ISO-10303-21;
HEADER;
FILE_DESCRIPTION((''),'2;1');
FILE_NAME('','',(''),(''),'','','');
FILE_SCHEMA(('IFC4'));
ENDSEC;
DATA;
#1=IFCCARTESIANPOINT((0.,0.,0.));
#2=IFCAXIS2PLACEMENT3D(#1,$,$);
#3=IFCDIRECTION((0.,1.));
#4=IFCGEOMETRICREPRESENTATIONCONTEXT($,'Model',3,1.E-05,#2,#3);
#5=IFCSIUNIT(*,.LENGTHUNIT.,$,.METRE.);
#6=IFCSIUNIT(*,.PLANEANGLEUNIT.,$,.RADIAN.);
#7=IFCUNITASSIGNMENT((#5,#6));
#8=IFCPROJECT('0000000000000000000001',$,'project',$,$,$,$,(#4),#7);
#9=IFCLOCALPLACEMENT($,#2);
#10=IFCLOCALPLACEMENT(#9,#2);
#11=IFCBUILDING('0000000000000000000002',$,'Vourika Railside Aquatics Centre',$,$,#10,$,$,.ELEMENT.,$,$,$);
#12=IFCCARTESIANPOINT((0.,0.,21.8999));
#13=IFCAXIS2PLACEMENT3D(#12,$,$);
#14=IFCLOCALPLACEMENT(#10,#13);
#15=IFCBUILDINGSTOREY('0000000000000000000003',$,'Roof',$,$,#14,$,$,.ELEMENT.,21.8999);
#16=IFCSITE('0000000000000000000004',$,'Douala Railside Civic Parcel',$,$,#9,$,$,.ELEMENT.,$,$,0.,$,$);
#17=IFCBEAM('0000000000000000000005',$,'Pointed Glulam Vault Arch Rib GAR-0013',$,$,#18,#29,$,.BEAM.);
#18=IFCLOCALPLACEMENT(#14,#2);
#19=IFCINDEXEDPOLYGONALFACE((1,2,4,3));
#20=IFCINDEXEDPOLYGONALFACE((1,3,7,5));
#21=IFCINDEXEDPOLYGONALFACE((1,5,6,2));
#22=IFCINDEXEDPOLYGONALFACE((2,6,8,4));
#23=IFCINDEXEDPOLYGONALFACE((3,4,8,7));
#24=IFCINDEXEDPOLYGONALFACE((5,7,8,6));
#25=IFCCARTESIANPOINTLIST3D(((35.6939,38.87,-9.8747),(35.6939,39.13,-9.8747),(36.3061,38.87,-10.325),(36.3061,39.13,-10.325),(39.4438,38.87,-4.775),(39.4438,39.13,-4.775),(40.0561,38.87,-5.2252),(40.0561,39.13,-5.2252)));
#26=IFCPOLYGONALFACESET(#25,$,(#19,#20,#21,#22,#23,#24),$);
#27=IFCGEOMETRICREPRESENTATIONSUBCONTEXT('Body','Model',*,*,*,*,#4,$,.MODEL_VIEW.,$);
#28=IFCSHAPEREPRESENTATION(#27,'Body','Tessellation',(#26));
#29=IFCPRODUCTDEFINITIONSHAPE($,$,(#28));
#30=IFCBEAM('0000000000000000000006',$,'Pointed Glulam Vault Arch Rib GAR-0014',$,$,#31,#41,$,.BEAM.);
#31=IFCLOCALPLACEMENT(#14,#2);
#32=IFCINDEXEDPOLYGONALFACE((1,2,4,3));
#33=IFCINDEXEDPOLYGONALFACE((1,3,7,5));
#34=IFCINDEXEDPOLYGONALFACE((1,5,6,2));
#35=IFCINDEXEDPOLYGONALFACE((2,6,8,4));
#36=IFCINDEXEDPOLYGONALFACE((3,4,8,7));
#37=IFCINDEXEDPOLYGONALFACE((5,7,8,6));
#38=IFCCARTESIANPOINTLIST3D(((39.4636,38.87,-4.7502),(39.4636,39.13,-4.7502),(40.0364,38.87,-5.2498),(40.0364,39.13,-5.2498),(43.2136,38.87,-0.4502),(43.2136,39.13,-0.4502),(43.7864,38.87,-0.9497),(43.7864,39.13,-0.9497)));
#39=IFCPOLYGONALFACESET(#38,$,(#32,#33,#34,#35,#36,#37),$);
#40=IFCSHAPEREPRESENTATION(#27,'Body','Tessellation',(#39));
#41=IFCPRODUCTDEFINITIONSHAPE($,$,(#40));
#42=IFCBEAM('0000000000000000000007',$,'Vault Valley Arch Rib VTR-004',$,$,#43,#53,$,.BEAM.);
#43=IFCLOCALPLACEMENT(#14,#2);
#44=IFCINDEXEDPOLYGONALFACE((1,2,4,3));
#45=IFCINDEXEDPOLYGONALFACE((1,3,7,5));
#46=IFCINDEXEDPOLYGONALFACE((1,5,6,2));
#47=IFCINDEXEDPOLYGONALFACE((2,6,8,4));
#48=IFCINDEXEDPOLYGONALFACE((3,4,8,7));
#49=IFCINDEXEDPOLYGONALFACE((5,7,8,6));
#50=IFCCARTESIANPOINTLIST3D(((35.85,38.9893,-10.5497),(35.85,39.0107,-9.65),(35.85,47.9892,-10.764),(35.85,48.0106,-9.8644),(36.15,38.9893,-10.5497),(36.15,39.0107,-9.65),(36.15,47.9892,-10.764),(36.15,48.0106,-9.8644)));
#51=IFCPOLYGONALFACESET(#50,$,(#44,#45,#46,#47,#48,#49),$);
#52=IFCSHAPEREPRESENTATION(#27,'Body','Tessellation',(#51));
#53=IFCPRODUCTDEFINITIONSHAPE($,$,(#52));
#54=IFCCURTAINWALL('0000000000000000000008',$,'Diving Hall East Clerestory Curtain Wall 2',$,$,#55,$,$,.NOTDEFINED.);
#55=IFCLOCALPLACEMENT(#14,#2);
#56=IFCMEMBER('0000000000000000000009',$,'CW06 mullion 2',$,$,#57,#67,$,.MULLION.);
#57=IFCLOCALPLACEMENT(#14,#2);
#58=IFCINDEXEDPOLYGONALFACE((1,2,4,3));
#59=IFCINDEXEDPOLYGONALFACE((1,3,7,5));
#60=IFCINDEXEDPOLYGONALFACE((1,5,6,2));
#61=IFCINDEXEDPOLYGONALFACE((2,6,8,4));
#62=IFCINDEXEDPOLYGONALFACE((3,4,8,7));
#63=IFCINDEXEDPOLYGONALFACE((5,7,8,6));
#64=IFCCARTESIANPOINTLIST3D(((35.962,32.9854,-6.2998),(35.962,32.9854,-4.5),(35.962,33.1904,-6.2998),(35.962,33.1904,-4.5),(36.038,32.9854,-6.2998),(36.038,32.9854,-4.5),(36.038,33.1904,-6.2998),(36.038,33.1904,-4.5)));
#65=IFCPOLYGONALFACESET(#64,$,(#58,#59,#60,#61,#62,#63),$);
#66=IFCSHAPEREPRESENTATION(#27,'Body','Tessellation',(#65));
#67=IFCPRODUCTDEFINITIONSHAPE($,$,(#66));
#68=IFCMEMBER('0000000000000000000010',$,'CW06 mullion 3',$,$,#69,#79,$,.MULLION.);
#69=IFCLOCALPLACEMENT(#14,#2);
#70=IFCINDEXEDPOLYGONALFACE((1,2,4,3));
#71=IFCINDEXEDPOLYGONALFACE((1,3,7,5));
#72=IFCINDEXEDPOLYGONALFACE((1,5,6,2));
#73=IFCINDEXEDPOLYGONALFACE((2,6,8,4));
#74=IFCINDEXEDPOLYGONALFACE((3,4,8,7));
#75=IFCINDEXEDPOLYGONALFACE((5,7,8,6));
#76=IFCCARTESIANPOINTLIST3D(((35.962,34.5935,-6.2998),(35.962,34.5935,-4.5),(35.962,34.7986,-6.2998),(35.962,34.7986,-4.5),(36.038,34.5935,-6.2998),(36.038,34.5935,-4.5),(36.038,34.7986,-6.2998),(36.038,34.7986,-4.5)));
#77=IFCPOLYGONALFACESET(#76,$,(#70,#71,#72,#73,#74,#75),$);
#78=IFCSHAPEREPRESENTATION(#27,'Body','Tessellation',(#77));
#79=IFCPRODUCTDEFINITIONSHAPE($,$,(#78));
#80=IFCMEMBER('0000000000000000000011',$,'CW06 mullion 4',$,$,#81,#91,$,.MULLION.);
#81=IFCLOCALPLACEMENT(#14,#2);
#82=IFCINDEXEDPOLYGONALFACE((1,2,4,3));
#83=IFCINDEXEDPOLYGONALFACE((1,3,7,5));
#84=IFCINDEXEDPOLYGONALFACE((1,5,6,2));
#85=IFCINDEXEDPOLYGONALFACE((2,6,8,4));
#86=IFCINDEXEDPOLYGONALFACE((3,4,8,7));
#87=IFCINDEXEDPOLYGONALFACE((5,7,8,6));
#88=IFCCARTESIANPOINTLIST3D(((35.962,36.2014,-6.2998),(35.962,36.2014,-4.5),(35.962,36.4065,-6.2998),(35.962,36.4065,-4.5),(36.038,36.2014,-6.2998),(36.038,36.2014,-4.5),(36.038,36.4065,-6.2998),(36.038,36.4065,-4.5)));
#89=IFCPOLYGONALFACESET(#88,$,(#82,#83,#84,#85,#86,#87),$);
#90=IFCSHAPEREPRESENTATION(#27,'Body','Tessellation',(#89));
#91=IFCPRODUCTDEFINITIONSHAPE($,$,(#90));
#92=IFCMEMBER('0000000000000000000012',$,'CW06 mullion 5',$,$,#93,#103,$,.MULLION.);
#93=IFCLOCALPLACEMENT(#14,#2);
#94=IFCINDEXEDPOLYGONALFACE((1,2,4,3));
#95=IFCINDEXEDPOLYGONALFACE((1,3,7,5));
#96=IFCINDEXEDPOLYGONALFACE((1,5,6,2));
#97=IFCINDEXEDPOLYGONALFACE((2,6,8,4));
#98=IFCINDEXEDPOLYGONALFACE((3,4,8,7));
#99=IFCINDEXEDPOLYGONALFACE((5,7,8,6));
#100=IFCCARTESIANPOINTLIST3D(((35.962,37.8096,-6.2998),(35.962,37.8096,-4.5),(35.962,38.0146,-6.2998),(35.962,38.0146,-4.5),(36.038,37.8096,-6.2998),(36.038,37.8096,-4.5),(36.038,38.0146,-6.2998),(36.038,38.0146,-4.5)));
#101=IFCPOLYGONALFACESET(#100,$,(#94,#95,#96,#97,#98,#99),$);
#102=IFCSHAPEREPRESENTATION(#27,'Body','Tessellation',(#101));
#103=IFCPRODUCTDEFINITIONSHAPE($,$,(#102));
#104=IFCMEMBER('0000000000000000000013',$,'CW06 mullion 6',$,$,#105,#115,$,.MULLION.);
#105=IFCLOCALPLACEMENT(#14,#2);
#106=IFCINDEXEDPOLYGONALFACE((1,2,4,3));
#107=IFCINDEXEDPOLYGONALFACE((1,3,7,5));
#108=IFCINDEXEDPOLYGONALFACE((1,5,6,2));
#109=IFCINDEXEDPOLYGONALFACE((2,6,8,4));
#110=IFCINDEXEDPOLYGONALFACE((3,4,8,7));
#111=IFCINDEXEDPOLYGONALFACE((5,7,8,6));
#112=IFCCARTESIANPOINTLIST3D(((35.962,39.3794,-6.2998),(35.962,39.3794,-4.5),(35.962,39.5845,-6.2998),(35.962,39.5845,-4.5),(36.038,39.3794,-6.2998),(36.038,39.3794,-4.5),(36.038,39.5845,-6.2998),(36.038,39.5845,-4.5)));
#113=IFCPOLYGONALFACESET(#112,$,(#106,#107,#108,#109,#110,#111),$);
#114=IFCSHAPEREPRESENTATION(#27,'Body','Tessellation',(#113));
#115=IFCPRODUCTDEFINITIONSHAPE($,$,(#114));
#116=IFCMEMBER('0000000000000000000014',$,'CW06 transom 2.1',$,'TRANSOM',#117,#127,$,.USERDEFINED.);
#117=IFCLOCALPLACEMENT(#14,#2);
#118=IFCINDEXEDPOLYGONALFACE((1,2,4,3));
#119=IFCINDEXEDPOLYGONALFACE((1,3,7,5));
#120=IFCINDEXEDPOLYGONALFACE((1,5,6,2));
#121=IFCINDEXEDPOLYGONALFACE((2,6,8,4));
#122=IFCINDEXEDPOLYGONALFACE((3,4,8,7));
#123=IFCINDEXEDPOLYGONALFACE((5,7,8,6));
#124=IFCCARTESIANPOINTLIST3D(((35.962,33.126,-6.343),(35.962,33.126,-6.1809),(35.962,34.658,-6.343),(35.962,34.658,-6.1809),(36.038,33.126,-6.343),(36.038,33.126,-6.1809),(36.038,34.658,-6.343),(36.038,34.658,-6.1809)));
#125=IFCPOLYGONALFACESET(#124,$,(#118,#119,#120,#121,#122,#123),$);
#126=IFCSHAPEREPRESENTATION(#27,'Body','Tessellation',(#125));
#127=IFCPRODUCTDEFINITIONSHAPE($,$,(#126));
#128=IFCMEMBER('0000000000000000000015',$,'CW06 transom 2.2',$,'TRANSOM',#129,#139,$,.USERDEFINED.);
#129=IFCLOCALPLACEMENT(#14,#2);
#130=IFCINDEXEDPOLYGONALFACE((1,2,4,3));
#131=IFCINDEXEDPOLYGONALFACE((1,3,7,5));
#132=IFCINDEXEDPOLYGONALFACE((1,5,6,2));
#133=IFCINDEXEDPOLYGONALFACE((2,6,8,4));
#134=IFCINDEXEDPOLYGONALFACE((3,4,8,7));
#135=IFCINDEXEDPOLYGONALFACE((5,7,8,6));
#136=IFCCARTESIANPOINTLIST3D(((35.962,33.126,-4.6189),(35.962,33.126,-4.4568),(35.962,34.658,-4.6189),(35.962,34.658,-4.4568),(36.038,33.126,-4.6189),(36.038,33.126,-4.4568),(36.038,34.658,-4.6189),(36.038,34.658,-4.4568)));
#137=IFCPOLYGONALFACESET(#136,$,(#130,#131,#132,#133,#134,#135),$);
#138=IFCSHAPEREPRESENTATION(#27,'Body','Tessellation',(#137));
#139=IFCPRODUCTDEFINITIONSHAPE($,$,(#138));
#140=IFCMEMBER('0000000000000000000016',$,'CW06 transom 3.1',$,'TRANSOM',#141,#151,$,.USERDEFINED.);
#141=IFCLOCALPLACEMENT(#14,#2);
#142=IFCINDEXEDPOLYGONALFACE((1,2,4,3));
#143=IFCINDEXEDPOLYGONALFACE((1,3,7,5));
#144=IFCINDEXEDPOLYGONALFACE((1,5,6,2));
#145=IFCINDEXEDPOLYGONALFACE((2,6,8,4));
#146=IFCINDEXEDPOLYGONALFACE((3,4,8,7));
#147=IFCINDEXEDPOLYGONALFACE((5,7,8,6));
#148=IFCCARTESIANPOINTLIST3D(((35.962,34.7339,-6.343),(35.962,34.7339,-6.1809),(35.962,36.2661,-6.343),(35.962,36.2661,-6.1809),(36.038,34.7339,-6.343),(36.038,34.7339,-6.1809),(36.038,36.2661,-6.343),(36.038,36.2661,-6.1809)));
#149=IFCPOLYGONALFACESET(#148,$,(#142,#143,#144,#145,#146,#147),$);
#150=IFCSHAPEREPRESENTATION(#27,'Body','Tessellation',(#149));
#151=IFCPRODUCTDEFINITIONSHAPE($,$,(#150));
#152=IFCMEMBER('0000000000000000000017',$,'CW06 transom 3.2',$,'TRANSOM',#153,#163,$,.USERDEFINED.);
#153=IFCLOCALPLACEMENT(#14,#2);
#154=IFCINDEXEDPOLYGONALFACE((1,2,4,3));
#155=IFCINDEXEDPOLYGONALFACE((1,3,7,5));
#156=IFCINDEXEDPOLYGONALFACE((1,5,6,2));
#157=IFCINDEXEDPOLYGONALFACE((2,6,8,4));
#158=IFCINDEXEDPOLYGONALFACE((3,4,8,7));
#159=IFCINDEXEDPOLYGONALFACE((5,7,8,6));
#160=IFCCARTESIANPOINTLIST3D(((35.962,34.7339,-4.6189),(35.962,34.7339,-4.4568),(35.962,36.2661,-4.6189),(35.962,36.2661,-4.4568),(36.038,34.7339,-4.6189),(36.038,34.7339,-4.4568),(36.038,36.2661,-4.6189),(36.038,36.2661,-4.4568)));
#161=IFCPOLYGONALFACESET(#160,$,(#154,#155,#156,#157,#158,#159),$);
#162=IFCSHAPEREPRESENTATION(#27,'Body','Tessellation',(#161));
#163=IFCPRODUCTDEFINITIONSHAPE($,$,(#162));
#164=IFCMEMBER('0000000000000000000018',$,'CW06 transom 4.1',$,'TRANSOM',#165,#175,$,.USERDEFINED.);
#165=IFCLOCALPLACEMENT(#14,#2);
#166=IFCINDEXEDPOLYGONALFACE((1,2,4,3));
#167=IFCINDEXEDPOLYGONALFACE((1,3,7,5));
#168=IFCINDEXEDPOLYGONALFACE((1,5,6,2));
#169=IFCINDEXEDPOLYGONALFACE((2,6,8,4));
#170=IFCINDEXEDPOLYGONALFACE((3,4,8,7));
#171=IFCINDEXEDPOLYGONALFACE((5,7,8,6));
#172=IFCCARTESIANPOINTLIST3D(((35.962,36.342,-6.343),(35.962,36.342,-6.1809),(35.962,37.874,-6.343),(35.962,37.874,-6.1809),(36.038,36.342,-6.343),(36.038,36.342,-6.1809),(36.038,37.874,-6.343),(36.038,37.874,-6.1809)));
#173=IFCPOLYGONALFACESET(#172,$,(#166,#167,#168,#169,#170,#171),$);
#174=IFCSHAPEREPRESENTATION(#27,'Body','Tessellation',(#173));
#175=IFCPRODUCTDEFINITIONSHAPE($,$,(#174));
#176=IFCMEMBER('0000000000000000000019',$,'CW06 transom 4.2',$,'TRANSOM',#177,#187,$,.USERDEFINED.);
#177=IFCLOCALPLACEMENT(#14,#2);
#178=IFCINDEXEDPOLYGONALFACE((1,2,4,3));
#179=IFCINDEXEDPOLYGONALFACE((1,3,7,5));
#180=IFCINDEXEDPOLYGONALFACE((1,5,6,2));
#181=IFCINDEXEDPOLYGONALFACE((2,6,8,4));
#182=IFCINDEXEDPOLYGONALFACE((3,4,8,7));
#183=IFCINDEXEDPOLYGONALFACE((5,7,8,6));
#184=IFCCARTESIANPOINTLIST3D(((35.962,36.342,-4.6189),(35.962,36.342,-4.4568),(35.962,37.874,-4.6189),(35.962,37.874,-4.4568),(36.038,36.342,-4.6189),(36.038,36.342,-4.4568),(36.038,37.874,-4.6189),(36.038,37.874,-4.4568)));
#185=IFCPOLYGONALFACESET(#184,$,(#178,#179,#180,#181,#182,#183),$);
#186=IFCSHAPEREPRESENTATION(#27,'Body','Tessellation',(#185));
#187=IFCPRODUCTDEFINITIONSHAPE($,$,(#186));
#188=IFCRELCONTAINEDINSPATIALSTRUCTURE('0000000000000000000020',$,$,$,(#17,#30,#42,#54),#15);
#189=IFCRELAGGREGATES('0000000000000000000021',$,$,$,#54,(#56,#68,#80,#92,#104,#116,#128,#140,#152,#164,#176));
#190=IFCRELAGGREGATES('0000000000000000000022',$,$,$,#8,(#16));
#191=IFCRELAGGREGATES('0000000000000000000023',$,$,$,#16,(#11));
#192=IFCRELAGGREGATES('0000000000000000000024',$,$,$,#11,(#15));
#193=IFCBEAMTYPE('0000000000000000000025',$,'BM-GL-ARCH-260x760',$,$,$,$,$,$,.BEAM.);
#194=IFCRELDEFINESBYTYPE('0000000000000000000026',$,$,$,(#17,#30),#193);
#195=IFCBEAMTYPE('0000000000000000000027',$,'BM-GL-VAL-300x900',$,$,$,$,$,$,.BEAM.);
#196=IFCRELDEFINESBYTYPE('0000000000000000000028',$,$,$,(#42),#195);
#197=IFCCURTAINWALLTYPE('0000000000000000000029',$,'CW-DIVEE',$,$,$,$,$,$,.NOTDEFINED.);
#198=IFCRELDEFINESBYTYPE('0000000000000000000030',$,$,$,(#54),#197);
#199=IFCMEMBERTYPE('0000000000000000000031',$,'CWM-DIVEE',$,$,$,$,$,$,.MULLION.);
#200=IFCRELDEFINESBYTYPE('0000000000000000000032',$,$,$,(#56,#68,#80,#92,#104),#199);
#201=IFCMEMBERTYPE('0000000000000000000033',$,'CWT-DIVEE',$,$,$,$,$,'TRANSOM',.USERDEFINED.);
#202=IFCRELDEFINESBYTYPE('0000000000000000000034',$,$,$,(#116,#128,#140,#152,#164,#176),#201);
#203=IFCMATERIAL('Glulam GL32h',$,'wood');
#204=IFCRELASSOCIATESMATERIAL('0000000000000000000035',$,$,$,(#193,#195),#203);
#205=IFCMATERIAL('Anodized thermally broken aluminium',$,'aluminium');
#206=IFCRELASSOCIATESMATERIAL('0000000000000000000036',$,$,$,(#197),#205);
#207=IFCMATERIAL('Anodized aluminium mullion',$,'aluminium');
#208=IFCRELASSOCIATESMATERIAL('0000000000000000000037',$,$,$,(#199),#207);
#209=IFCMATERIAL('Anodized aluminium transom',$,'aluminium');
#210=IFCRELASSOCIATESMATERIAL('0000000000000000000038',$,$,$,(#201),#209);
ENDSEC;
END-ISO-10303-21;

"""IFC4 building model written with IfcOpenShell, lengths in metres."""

from ifc_helpers import new_model, si_unit, direction, frame, origin, origin_2d, place, context, subcontext, project, spatial, rectangle, extrude, material, material_profile, profile_set, type_object, element, aggregate, save


model = new_model("IFC4")

# Units and contexts
model_context = context("Model", 3, precision=1e-05, world=origin(), true_north=direction((0.0, 1.0)))
body_context = subcontext(model_context, "Body", "Model", "MODEL_VIEW")
ifc_project = project(units=[si_unit("LENGTHUNIT", "METRE"), si_unit("PLANEANGLEUNIT", "RADIAN")], contexts=[model_context])

# Site, building, storey
site_placement = place(None, origin())
site = spatial("IfcSite", under=ifc_project, at=site_placement, Name="Douala Railside Civic Parcel", CompositionType="ELEMENT", RefElevation=0.0)
building_placement = place(site_placement, origin())
building = spatial("IfcBuilding", under=site, at=building_placement, Name="Vourika Railside Aquatics Centre", CompositionType="ELEMENT")
storey_placement = place(building_placement, frame((0.0, 0.0, 21.8999)))
storey = spatial("IfcBuildingStorey", under=building, at=storey_placement, Name="Roof", CompositionType="ELEMENT", Elevation=21.8999)

# Beams
ifc_material_1 = material(Name="Glulam GL32h", Category="wood")
ifc_material_profile_1 = material_profile(ifc_material_1, rectangle(XDim=0.26, YDim=0.76, at=origin_2d()), Name="GL32h 260x760")
ifc_profile_set_1 = profile_set([ifc_material_profile_1], Name="Glulam GL32h")
beam_type_1 = type_object("IfcBeamType", Name="BM-GL-ARCH-260x760", PredefinedType="BEAM", material=ifc_profile_set_1)
beam_1_placement = place(storey_placement, frame((36.0, 39.0, -10.0999), z_axis=(0.592401, 0.0, 0.805643), x_axis=(0.0, 1.0, 0.0)))
element("IfcBeam", 1, at=beam_1_placement, inside=storey, type_object=beam_type_1, Name="Pointed Glulam Vault Arch Rib GAR-0013", PredefinedType="BEAM", context=body_context, shape_type="SweptSolid", body=[
    extrude(rectangle(XDim=0.26, YDim=0.76, at=origin_2d()), origin(), (0.0, 0.0, 1.0), 6.3301),
])
beam_2_placement = place(storey_placement, frame((39.75, 39.0, -5.0), z_axis=(0.657259, 0.0, 0.753665), x_axis=(0.0, 1.0, 0.0)))
element("IfcBeam", 2, at=beam_2_placement, inside=storey, type_object=beam_type_1, Name="Pointed Glulam Vault Arch Rib GAR-0014", PredefinedType="BEAM", context=body_context, shape_type="SweptSolid", body=[
    extrude(rectangle(XDim=0.26, YDim=0.76, at=origin_2d()), origin(), (0.0, 0.0, 1.0), 5.7056),
])
ifc_material_profile_2 = material_profile(ifc_material_1, rectangle(XDim=0.3, YDim=0.8999, at=origin_2d()), Name="GL32h 300x900")
ifc_profile_set_2 = profile_set([ifc_material_profile_2], Name="Glulam GL32h")
beam_type_2 = type_object("IfcBeamType", Name="BM-GL-VAL-300x900", PredefinedType="BEAM", material=ifc_profile_set_2)
beam_3_placement = place(storey_placement, frame((36.0, 39.0, -10.0999), z_axis=(0.0, 0.999716, -0.023811), x_axis=(-1.0, 0.0, 0.0)))
element("IfcBeam", 3, at=beam_3_placement, inside=storey, type_object=beam_type_2, Name="Vault Valley Arch Rib VTR-004", PredefinedType="BEAM", context=body_context, shape_type="SweptSolid", body=[
    extrude(rectangle(XDim=0.3, YDim=0.8999, at=origin_2d()), origin(), (0.0, 0.0, 1.0), 9.0024),
])

# Curtain wall, members
ifc_material_2 = material(Name="Anodized thermally broken aluminium", Category="aluminium")
curtain_wall_type = type_object("IfcCurtainWallType", Name="CW-DIVEE", PredefinedType="NOTDEFINED", material=ifc_material_2)
curtain_wall_placement = place(storey_placement, origin())
curtain_wall = element("IfcCurtainWall", 4, at=curtain_wall_placement, inside=storey, type_object=curtain_wall_type, Name="Diving Hall East Clerestory Curtain Wall 2", PredefinedType="NOTDEFINED")
ifc_material_3 = material(Name="Anodized aluminium mullion", Category="aluminium")
ifc_material_profile_3 = material_profile(ifc_material_3, rectangle(XDim=0.0759, YDim=0.2051, at=origin_2d()), Name="ALU-M 76x205")
ifc_profile_set_3 = profile_set([ifc_material_profile_3], Name="Anodized aluminium mullion")
member_type_1 = type_object("IfcMemberType", Name="CWM-DIVEE", PredefinedType="MULLION", material=ifc_profile_set_3)
member_1_placement = place(storey_placement, frame((36.0, 33.0879, -6.2998), z_axis=(0.0, 0.0, 1.0), x_axis=(-1.0, 0.0, 0.0)))
member_1 = element("IfcMember", 5, at=member_1_placement, type_object=member_type_1, Name="CW06 mullion 2", PredefinedType="MULLION", context=body_context, shape_type="SweptSolid", body=[
    extrude(rectangle(XDim=0.0759, YDim=0.2051, at=origin_2d()), origin(), (0.0, 0.0, 1.0), 1.7998),
])
member_2_placement = place(storey_placement, frame((36.0, 34.696, -6.2998), z_axis=(0.0, 0.0, 1.0), x_axis=(-1.0, 0.0, 0.0)))
member_2 = element("IfcMember", 6, at=member_2_placement, type_object=member_type_1, Name="CW06 mullion 3", PredefinedType="MULLION", context=body_context, shape_type="SweptSolid", body=[
    extrude(rectangle(XDim=0.0759, YDim=0.2051, at=origin_2d()), origin(), (0.0, 0.0, 1.0), 1.7998),
])
member_3_placement = place(storey_placement, frame((36.0, 36.304, -6.2998), z_axis=(0.0, 0.0, 1.0), x_axis=(-1.0, 0.0, 0.0)))
member_3 = element("IfcMember", 7, at=member_3_placement, type_object=member_type_1, Name="CW06 mullion 4", PredefinedType="MULLION", context=body_context, shape_type="SweptSolid", body=[
    extrude(rectangle(XDim=0.0759, YDim=0.2051, at=origin_2d()), origin(), (0.0, 0.0, 1.0), 1.7998),
])
member_4_placement = place(storey_placement, frame((36.0, 37.9121, -6.2998), z_axis=(0.0, 0.0, 1.0), x_axis=(-1.0, 0.0, 0.0)))
member_4 = element("IfcMember", 8, at=member_4_placement, type_object=member_type_1, Name="CW06 mullion 5", PredefinedType="MULLION", context=body_context, shape_type="SweptSolid", body=[
    extrude(rectangle(XDim=0.0759, YDim=0.2051, at=origin_2d()), origin(), (0.0, 0.0, 1.0), 1.7998),
])
member_5_placement = place(storey_placement, frame((36.0, 39.4819, -6.2998), z_axis=(0.0, 0.0, 1.0), x_axis=(-1.0, 0.0, 0.0)))
member_5 = element("IfcMember", 9, at=member_5_placement, type_object=member_type_1, Name="CW06 mullion 6", PredefinedType="MULLION", context=body_context, shape_type="SweptSolid", body=[
    extrude(rectangle(XDim=0.0759, YDim=0.2051, at=origin_2d()), origin(), (0.0, 0.0, 1.0), 1.7998),
])
ifc_material_4 = material(Name="Anodized aluminium transom", Category="aluminium")
ifc_material_profile_4 = material_profile(ifc_material_4, rectangle(XDim=0.0759, YDim=0.1621, at=origin_2d()), Name="ALU-T 76x162")
ifc_profile_set_4 = profile_set([ifc_material_profile_4], Name="Anodized aluminium transom")
member_type_2 = type_object("IfcMemberType", Name="CWT-DIVEE", ElementType="TRANSOM", PredefinedType="USERDEFINED", material=ifc_profile_set_4)
member_6_placement = place(storey_placement, frame((36.0, 33.126, -6.262), z_axis=(0.0, 1.0, 0.0), x_axis=(-1.0, 0.0, 0.0)))
member_6 = element("IfcMember", 10, at=member_6_placement, type_object=member_type_2, Name="CW06 transom 2.1", ObjectType="TRANSOM", PredefinedType="USERDEFINED", context=body_context, shape_type="SweptSolid", body=[
    extrude(rectangle(XDim=0.0759, YDim=0.1621, at=origin_2d()), origin(), (0.0, 0.0, 1.0), 1.532),
])
member_7_placement = place(storey_placement, frame((36.0, 33.126, -4.5378), z_axis=(0.0, 1.0, 0.0), x_axis=(-1.0, 0.0, 0.0)))
member_7 = element("IfcMember", 11, at=member_7_placement, type_object=member_type_2, Name="CW06 transom 2.2", ObjectType="TRANSOM", PredefinedType="USERDEFINED", context=body_context, shape_type="SweptSolid", body=[
    extrude(rectangle(XDim=0.0759, YDim=0.1621, at=origin_2d()), origin(), (0.0, 0.0, 1.0), 1.532),
])
member_8_placement = place(storey_placement, frame((36.0, 34.7339, -6.262), z_axis=(0.0, 1.0, 0.0), x_axis=(-1.0, 0.0, 0.0)))
member_8 = element("IfcMember", 12, at=member_8_placement, type_object=member_type_2, Name="CW06 transom 3.1", ObjectType="TRANSOM", PredefinedType="USERDEFINED", context=body_context, shape_type="SweptSolid", body=[
    extrude(rectangle(XDim=0.0759, YDim=0.1621, at=origin_2d()), origin(), (0.0, 0.0, 1.0), 1.5322),
])
member_9_placement = place(storey_placement, frame((36.0, 34.7339, -4.5378), z_axis=(0.0, 1.0, 0.0), x_axis=(-1.0, 0.0, 0.0)))
member_9 = element("IfcMember", 13, at=member_9_placement, type_object=member_type_2, Name="CW06 transom 3.2", ObjectType="TRANSOM", PredefinedType="USERDEFINED", context=body_context, shape_type="SweptSolid", body=[
    extrude(rectangle(XDim=0.0759, YDim=0.1621, at=origin_2d()), origin(), (0.0, 0.0, 1.0), 1.5322),
])
member_10_placement = place(storey_placement, frame((36.0, 36.342, -6.262), z_axis=(0.0, 1.0, 0.0), x_axis=(-1.0, 0.0, 0.0)))
member_10 = element("IfcMember", 14, at=member_10_placement, type_object=member_type_2, Name="CW06 transom 4.1", ObjectType="TRANSOM", PredefinedType="USERDEFINED", context=body_context, shape_type="SweptSolid", body=[
    extrude(rectangle(XDim=0.0759, YDim=0.1621, at=origin_2d()), origin(), (0.0, 0.0, 1.0), 1.532),
])
member_11_placement = place(storey_placement, frame((36.0, 36.342, -4.5378), z_axis=(0.0, 1.0, 0.0), x_axis=(-1.0, 0.0, 0.0)))
member_11 = element("IfcMember", 15, at=member_11_placement, type_object=member_type_2, Name="CW06 transom 4.2", ObjectType="TRANSOM", PredefinedType="USERDEFINED", context=body_context, shape_type="SweptSolid", body=[
    extrude(rectangle(XDim=0.0759, YDim=0.1621, at=origin_2d()), origin(), (0.0, 0.0, 1.0), 1.532),
])

aggregate(curtain_wall, [member_1, member_2, member_3, member_4, member_5, member_6, member_7, member_8, member_9, member_10, member_11])

save(model, "model.ifc")
